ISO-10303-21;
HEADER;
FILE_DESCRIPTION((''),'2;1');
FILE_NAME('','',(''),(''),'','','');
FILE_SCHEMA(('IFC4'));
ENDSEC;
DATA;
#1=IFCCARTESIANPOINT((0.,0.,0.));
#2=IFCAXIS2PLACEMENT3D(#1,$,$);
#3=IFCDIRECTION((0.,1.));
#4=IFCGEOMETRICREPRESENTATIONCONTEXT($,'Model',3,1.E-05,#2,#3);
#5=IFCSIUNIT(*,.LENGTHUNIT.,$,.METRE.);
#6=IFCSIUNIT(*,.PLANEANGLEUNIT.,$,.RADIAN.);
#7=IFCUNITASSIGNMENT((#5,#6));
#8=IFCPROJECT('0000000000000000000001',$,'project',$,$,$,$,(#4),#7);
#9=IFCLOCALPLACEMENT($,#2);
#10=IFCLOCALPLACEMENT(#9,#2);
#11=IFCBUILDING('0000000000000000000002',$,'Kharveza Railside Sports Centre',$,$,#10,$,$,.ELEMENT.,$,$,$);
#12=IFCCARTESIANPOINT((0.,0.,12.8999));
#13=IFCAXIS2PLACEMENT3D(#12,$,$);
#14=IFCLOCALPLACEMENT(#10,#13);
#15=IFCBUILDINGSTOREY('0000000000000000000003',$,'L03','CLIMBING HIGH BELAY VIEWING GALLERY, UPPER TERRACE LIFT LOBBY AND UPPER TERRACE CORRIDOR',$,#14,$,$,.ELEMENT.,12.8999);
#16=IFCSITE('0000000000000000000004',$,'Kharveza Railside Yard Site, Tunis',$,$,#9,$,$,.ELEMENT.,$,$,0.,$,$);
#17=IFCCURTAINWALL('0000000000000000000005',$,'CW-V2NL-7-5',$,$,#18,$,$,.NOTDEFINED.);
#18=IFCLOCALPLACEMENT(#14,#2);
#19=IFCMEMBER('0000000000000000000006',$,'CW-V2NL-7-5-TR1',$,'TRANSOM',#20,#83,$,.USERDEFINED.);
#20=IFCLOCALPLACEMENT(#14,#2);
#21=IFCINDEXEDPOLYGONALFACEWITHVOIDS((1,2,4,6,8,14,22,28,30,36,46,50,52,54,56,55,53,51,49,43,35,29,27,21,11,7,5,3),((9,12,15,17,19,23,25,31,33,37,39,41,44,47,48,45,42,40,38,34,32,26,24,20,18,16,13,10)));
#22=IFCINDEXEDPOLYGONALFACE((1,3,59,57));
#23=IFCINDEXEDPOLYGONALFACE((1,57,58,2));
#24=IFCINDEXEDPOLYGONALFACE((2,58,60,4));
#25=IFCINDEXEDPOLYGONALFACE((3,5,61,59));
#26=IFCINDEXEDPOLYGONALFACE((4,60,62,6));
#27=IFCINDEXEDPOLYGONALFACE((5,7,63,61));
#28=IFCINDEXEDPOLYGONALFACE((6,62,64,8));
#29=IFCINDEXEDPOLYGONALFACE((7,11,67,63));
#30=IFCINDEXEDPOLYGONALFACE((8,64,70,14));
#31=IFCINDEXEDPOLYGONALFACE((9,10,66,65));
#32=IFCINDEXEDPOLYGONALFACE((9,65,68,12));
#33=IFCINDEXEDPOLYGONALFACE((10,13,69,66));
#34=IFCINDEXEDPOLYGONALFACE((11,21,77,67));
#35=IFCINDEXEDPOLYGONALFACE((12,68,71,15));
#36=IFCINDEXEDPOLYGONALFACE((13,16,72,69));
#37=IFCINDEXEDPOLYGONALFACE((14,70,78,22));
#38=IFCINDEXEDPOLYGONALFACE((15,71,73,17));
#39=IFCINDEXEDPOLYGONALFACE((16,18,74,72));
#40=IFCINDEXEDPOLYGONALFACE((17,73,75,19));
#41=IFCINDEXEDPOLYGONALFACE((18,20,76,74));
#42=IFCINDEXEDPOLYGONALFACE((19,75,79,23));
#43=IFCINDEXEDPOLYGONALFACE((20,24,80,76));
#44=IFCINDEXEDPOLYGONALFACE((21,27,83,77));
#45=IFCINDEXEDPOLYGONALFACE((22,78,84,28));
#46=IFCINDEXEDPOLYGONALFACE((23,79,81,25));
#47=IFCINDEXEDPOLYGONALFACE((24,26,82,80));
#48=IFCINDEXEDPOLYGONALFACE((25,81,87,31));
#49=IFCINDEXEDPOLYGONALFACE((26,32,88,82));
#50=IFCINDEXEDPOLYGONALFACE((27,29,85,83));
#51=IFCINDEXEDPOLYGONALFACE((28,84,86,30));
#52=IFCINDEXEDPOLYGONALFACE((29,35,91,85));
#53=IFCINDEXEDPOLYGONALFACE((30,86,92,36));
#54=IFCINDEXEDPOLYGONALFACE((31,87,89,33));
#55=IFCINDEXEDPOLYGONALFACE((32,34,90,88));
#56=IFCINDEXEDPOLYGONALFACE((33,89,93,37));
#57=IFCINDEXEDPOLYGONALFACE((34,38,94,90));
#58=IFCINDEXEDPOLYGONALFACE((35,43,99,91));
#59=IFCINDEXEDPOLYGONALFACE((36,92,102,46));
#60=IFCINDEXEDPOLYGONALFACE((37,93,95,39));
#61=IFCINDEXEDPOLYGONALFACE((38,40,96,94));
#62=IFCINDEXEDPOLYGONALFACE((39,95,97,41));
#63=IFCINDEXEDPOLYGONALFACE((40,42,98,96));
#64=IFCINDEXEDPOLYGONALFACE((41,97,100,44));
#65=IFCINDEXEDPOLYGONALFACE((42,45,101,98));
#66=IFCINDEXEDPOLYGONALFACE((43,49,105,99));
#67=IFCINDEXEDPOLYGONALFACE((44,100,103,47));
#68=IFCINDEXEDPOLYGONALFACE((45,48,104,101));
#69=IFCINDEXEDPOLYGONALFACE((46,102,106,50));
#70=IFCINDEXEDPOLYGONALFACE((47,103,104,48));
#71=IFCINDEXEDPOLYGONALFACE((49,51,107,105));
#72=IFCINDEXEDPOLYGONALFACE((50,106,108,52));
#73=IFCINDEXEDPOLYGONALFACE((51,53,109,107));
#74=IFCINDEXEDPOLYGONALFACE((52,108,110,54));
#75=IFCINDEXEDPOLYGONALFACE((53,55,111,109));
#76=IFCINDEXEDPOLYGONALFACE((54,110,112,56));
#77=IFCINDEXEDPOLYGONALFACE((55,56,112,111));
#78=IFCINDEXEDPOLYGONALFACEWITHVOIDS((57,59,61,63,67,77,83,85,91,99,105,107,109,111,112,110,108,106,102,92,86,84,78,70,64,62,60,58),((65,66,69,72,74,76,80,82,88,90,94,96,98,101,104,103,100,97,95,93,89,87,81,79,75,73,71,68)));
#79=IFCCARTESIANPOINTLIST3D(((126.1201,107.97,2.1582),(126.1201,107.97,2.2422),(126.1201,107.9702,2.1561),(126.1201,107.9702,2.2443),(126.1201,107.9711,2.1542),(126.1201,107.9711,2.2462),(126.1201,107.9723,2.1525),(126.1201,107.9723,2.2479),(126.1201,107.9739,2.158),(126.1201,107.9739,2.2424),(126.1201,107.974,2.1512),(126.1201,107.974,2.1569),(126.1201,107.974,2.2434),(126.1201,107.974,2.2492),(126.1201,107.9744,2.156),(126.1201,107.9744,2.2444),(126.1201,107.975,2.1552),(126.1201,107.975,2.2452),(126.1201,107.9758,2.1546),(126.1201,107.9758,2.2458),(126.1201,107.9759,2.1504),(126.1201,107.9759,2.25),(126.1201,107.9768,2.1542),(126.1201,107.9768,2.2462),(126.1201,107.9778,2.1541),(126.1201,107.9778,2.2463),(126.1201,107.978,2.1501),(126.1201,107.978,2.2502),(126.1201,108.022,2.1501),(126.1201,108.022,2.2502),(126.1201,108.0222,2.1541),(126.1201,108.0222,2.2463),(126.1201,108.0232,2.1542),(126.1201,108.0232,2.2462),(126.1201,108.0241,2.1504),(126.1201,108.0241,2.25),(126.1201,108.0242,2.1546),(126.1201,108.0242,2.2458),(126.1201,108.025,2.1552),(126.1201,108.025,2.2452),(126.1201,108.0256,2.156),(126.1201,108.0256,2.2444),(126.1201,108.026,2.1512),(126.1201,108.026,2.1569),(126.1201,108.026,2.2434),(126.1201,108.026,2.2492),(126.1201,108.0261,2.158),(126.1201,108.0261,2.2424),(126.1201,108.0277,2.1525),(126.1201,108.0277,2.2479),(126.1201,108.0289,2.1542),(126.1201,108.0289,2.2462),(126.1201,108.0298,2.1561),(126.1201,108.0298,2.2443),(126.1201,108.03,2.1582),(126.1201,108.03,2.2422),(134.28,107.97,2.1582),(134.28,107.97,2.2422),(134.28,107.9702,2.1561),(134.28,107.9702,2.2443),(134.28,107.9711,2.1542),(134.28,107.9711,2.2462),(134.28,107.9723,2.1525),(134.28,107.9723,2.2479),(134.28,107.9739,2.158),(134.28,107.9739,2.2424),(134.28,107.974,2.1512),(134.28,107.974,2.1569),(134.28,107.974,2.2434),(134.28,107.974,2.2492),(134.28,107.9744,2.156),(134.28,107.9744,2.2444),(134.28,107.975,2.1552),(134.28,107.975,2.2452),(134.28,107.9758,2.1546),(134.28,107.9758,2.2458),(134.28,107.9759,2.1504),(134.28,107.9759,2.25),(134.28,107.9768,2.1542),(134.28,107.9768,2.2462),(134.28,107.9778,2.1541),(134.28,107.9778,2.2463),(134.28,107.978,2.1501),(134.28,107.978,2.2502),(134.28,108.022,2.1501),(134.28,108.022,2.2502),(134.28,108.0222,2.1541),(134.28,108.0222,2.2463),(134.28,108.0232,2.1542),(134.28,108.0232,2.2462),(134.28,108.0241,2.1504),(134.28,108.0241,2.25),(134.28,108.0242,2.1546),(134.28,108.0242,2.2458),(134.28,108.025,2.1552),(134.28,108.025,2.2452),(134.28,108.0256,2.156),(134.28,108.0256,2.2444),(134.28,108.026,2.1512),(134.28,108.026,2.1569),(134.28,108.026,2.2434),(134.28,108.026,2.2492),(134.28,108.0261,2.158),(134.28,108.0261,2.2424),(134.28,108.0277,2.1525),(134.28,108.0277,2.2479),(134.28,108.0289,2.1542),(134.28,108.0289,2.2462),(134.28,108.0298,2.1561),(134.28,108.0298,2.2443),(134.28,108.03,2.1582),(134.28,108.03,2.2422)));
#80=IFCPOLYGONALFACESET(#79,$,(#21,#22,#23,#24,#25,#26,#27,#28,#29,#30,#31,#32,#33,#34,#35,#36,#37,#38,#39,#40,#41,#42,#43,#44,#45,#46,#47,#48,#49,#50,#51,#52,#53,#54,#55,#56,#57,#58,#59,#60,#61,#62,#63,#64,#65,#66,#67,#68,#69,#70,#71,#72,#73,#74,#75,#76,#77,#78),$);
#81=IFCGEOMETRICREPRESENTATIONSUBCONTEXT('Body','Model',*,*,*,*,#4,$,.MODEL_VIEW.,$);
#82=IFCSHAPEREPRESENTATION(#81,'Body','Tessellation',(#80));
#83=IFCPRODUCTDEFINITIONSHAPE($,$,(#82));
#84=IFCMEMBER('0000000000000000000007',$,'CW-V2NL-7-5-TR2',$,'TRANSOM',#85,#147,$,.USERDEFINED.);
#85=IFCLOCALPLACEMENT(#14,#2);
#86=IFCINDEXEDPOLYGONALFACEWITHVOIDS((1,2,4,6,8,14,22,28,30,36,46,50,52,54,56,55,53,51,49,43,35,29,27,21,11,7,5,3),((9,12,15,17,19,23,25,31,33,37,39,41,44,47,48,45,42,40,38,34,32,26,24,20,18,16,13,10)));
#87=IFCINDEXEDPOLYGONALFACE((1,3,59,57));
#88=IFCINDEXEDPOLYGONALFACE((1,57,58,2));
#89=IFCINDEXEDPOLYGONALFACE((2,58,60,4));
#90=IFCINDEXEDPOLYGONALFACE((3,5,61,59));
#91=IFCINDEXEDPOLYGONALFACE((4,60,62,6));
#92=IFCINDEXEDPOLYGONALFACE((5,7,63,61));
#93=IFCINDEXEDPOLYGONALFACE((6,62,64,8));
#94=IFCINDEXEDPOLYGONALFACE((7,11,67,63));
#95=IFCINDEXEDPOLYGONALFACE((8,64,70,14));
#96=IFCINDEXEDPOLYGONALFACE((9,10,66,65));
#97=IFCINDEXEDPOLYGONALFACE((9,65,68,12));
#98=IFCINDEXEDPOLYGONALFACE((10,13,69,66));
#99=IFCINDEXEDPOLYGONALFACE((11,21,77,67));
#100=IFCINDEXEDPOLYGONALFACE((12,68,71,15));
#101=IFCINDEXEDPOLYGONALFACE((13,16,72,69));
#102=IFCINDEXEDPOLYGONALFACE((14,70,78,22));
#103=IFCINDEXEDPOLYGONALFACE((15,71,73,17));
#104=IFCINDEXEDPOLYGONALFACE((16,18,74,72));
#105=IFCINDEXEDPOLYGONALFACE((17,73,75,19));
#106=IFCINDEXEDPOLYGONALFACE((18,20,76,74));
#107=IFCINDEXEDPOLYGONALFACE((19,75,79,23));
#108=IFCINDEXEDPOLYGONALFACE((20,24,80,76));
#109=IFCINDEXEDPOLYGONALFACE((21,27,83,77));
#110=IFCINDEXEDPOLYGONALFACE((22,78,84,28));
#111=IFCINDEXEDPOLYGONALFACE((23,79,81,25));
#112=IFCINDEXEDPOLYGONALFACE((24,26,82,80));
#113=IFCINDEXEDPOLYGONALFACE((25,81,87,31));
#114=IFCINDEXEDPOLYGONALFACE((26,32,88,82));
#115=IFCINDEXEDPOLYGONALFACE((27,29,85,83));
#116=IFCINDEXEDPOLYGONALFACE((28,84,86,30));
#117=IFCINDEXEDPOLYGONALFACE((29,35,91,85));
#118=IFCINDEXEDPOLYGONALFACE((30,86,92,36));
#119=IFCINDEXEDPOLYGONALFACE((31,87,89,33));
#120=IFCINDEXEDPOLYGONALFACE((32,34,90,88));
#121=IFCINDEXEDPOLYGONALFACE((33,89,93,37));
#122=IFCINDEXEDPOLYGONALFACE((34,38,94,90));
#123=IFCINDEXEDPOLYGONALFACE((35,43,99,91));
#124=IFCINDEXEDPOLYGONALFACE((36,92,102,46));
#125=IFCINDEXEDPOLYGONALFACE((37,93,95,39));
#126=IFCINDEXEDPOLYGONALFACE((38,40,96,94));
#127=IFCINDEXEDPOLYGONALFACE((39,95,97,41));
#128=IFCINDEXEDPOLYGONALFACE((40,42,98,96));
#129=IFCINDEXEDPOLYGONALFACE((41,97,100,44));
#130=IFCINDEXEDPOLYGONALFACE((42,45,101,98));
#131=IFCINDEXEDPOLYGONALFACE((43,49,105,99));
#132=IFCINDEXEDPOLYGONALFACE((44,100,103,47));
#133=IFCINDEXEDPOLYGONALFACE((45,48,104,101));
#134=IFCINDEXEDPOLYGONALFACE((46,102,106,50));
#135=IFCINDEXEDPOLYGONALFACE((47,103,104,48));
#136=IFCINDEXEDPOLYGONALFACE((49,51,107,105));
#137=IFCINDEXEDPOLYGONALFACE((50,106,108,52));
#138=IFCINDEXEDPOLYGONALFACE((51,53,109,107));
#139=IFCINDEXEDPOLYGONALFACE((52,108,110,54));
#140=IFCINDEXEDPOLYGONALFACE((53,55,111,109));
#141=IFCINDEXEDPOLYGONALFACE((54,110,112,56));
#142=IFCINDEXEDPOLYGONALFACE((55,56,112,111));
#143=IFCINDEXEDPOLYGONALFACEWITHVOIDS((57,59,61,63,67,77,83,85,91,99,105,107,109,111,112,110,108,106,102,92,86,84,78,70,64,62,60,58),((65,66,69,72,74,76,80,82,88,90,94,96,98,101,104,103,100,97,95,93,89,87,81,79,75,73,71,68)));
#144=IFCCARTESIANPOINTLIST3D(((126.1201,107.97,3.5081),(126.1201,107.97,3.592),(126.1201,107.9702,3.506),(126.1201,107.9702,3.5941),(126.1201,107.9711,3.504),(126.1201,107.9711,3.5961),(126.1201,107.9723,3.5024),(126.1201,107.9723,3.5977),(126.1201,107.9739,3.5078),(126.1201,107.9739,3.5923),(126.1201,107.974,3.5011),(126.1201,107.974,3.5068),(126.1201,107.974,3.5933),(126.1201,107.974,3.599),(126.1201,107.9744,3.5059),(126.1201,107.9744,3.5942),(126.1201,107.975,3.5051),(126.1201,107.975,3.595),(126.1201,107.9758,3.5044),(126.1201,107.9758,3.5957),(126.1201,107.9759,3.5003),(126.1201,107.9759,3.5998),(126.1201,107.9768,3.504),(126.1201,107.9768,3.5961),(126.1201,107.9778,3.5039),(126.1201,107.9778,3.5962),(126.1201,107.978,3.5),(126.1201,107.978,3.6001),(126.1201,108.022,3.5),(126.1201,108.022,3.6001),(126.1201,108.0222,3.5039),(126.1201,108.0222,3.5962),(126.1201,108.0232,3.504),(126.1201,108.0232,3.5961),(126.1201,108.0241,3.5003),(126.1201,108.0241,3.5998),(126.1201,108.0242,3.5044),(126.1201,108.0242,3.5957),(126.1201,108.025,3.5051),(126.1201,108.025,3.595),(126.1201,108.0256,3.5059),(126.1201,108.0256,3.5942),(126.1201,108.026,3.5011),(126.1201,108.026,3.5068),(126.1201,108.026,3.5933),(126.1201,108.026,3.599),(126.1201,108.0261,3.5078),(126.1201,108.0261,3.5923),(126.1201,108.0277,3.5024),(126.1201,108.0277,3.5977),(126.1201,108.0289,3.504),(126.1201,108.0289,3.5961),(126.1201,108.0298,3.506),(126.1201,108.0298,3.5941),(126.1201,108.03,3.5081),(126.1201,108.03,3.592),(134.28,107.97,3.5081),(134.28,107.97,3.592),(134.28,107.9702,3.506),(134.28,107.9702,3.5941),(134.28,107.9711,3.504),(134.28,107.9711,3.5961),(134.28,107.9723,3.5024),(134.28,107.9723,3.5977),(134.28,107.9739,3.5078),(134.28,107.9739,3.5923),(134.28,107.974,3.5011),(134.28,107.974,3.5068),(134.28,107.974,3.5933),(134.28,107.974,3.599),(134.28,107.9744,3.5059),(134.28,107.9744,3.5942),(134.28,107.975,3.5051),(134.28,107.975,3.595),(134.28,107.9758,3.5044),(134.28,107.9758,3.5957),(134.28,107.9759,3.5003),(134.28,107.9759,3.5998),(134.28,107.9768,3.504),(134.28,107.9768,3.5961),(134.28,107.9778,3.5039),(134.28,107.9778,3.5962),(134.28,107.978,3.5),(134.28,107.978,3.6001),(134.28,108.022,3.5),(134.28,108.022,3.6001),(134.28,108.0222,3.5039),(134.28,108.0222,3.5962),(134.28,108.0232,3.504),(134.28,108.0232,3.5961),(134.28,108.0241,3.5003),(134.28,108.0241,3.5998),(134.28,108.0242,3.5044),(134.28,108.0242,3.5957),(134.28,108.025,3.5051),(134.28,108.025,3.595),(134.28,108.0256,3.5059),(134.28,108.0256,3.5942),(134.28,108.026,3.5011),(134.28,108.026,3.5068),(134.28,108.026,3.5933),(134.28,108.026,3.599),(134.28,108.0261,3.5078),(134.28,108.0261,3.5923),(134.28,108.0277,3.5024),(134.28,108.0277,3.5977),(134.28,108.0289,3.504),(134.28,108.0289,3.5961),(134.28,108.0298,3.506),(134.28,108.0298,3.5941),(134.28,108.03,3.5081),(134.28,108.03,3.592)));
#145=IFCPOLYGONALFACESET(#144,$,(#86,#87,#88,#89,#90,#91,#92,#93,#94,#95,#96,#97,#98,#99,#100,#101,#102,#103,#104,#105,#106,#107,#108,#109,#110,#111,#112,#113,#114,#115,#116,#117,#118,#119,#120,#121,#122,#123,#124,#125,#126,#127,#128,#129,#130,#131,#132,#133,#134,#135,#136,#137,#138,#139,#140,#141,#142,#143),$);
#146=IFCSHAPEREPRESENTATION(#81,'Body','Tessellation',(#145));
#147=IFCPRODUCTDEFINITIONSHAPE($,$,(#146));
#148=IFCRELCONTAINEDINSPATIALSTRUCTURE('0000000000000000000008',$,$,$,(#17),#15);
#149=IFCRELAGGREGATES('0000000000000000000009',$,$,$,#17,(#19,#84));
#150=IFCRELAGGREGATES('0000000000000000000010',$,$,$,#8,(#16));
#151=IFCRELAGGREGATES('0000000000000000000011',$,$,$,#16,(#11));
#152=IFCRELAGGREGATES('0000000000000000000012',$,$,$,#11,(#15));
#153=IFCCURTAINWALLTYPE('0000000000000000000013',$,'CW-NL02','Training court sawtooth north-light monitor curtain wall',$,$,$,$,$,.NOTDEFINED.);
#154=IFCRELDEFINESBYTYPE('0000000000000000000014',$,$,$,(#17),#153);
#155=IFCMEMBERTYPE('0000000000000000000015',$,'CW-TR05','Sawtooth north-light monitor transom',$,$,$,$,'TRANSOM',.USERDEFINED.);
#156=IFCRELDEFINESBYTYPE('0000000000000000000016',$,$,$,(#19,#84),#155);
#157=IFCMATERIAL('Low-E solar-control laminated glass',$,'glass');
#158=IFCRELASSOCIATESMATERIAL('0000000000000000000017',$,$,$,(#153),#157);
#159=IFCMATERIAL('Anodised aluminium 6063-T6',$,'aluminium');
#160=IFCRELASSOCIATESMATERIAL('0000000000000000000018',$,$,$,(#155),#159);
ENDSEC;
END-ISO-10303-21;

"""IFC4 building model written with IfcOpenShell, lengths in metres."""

from ifc_helpers import new_model, si_unit, direction, frame, origin, origin_2d, place, context, subcontext, project, spatial, hollow_rectangle, extrude, material, material_profile, profile_set, type_object, element, aggregate, save


model = new_model("IFC4")

# Units and contexts
model_context = context("Model", 3, precision=1e-05, world=origin(), true_north=direction((0.0, 1.0)))
body_context = subcontext(model_context, "Body", "Model", "MODEL_VIEW")
ifc_project = project(units=[si_unit("LENGTHUNIT", "METRE"), si_unit("PLANEANGLEUNIT", "RADIAN")], contexts=[model_context])

# Site, building, storey
site_placement = place(None, origin())
site = spatial("IfcSite", under=ifc_project, at=site_placement, Name="Kharveza Railside Yard Site, Tunis", CompositionType="ELEMENT", RefElevation=0.0)
building_placement = place(site_placement, origin())
building = spatial("IfcBuilding", under=site, at=building_placement, Name="Kharveza Railside Sports Centre", CompositionType="ELEMENT")
storey_placement = place(building_placement, frame((0.0, 0.0, 12.8999)))
storey = spatial("IfcBuildingStorey", under=building, at=storey_placement, Name="L03", Description="CLIMBING HIGH BELAY VIEWING GALLERY, UPPER TERRACE LIFT LOBBY AND UPPER TERRACE CORRIDOR", CompositionType="ELEMENT", Elevation=12.8999)

# Curtain wall
ifc_material_1 = material(Name="Low-E solar-control laminated glass", Category="glass")
curtain_wall_type = type_object("IfcCurtainWallType", Name="CW-NL02", Description="Training court sawtooth north-light monitor curtain wall", PredefinedType="NOTDEFINED", material=ifc_material_1)
ifc_material_2 = material(Name="Anodised aluminium 6063-T6", Category="aluminium")
curtain_wall_1_placement = place(storey_placement, origin())
curtain_wall_1 = element("IfcCurtainWall", 1, at=curtain_wall_1_placement, inside=storey, type_object=curtain_wall_type, Name="CW-V2NL-7-5", PredefinedType="NOTDEFINED")

# Members
ifc_material_profile_1 = material_profile(ifc_material_2, hollow_rectangle(XDim=0.0601, YDim=0.1001, WallThickness=0.0039, InnerFilletRadius=0.0039, OuterFilletRadius=0.0081, at=origin_2d()), Name="RHS 60x100x4.0")
ifc_profile_set_1 = profile_set([ifc_material_profile_1], Name="Anodised aluminium 6063-T6")
member_type_1 = type_object("IfcMemberType", Name="CW-TR05", Description="Sawtooth north-light monitor transom", ElementType="TRANSOM", PredefinedType="USERDEFINED", material=ifc_profile_set_1)
member_1_placement = place(storey_placement, frame((126.1201, 108.0, 2.2002), z_axis=(1.0, 0.0, 0.0), x_axis=(0.0, 1.0, 0.0)))
member_1 = element("IfcMember", 2, at=member_1_placement, type_object=member_type_1, Name="CW-V2NL-7-5-TR1", ObjectType="TRANSOM", PredefinedType="USERDEFINED", context=body_context, shape_type="SweptSolid", body=[
    extrude(hollow_rectangle(XDim=0.0601, YDim=0.1001, WallThickness=0.0039, InnerFilletRadius=0.0039, OuterFilletRadius=0.0081, at=origin_2d()), origin(), (0.0, 0.0, 1.0), 8.1599),
])
member_2_placement = place(storey_placement, frame((126.1201, 108.0, 3.55), z_axis=(1.0, 0.0, 0.0), x_axis=(0.0, 1.0, 0.0)))
member_2 = element("IfcMember", 3, at=member_2_placement, type_object=member_type_1, Name="CW-V2NL-7-5-TR2", ObjectType="TRANSOM", PredefinedType="USERDEFINED", context=body_context, shape_type="SweptSolid", body=[
    extrude(hollow_rectangle(XDim=0.0601, YDim=0.1001, WallThickness=0.0039, InnerFilletRadius=0.0039, OuterFilletRadius=0.0081, at=origin_2d()), origin(), (0.0, 0.0, 1.0), 8.1599),
])

aggregate(curtain_wall_1, [member_1, member_2])

save(model, "model.ifc")
